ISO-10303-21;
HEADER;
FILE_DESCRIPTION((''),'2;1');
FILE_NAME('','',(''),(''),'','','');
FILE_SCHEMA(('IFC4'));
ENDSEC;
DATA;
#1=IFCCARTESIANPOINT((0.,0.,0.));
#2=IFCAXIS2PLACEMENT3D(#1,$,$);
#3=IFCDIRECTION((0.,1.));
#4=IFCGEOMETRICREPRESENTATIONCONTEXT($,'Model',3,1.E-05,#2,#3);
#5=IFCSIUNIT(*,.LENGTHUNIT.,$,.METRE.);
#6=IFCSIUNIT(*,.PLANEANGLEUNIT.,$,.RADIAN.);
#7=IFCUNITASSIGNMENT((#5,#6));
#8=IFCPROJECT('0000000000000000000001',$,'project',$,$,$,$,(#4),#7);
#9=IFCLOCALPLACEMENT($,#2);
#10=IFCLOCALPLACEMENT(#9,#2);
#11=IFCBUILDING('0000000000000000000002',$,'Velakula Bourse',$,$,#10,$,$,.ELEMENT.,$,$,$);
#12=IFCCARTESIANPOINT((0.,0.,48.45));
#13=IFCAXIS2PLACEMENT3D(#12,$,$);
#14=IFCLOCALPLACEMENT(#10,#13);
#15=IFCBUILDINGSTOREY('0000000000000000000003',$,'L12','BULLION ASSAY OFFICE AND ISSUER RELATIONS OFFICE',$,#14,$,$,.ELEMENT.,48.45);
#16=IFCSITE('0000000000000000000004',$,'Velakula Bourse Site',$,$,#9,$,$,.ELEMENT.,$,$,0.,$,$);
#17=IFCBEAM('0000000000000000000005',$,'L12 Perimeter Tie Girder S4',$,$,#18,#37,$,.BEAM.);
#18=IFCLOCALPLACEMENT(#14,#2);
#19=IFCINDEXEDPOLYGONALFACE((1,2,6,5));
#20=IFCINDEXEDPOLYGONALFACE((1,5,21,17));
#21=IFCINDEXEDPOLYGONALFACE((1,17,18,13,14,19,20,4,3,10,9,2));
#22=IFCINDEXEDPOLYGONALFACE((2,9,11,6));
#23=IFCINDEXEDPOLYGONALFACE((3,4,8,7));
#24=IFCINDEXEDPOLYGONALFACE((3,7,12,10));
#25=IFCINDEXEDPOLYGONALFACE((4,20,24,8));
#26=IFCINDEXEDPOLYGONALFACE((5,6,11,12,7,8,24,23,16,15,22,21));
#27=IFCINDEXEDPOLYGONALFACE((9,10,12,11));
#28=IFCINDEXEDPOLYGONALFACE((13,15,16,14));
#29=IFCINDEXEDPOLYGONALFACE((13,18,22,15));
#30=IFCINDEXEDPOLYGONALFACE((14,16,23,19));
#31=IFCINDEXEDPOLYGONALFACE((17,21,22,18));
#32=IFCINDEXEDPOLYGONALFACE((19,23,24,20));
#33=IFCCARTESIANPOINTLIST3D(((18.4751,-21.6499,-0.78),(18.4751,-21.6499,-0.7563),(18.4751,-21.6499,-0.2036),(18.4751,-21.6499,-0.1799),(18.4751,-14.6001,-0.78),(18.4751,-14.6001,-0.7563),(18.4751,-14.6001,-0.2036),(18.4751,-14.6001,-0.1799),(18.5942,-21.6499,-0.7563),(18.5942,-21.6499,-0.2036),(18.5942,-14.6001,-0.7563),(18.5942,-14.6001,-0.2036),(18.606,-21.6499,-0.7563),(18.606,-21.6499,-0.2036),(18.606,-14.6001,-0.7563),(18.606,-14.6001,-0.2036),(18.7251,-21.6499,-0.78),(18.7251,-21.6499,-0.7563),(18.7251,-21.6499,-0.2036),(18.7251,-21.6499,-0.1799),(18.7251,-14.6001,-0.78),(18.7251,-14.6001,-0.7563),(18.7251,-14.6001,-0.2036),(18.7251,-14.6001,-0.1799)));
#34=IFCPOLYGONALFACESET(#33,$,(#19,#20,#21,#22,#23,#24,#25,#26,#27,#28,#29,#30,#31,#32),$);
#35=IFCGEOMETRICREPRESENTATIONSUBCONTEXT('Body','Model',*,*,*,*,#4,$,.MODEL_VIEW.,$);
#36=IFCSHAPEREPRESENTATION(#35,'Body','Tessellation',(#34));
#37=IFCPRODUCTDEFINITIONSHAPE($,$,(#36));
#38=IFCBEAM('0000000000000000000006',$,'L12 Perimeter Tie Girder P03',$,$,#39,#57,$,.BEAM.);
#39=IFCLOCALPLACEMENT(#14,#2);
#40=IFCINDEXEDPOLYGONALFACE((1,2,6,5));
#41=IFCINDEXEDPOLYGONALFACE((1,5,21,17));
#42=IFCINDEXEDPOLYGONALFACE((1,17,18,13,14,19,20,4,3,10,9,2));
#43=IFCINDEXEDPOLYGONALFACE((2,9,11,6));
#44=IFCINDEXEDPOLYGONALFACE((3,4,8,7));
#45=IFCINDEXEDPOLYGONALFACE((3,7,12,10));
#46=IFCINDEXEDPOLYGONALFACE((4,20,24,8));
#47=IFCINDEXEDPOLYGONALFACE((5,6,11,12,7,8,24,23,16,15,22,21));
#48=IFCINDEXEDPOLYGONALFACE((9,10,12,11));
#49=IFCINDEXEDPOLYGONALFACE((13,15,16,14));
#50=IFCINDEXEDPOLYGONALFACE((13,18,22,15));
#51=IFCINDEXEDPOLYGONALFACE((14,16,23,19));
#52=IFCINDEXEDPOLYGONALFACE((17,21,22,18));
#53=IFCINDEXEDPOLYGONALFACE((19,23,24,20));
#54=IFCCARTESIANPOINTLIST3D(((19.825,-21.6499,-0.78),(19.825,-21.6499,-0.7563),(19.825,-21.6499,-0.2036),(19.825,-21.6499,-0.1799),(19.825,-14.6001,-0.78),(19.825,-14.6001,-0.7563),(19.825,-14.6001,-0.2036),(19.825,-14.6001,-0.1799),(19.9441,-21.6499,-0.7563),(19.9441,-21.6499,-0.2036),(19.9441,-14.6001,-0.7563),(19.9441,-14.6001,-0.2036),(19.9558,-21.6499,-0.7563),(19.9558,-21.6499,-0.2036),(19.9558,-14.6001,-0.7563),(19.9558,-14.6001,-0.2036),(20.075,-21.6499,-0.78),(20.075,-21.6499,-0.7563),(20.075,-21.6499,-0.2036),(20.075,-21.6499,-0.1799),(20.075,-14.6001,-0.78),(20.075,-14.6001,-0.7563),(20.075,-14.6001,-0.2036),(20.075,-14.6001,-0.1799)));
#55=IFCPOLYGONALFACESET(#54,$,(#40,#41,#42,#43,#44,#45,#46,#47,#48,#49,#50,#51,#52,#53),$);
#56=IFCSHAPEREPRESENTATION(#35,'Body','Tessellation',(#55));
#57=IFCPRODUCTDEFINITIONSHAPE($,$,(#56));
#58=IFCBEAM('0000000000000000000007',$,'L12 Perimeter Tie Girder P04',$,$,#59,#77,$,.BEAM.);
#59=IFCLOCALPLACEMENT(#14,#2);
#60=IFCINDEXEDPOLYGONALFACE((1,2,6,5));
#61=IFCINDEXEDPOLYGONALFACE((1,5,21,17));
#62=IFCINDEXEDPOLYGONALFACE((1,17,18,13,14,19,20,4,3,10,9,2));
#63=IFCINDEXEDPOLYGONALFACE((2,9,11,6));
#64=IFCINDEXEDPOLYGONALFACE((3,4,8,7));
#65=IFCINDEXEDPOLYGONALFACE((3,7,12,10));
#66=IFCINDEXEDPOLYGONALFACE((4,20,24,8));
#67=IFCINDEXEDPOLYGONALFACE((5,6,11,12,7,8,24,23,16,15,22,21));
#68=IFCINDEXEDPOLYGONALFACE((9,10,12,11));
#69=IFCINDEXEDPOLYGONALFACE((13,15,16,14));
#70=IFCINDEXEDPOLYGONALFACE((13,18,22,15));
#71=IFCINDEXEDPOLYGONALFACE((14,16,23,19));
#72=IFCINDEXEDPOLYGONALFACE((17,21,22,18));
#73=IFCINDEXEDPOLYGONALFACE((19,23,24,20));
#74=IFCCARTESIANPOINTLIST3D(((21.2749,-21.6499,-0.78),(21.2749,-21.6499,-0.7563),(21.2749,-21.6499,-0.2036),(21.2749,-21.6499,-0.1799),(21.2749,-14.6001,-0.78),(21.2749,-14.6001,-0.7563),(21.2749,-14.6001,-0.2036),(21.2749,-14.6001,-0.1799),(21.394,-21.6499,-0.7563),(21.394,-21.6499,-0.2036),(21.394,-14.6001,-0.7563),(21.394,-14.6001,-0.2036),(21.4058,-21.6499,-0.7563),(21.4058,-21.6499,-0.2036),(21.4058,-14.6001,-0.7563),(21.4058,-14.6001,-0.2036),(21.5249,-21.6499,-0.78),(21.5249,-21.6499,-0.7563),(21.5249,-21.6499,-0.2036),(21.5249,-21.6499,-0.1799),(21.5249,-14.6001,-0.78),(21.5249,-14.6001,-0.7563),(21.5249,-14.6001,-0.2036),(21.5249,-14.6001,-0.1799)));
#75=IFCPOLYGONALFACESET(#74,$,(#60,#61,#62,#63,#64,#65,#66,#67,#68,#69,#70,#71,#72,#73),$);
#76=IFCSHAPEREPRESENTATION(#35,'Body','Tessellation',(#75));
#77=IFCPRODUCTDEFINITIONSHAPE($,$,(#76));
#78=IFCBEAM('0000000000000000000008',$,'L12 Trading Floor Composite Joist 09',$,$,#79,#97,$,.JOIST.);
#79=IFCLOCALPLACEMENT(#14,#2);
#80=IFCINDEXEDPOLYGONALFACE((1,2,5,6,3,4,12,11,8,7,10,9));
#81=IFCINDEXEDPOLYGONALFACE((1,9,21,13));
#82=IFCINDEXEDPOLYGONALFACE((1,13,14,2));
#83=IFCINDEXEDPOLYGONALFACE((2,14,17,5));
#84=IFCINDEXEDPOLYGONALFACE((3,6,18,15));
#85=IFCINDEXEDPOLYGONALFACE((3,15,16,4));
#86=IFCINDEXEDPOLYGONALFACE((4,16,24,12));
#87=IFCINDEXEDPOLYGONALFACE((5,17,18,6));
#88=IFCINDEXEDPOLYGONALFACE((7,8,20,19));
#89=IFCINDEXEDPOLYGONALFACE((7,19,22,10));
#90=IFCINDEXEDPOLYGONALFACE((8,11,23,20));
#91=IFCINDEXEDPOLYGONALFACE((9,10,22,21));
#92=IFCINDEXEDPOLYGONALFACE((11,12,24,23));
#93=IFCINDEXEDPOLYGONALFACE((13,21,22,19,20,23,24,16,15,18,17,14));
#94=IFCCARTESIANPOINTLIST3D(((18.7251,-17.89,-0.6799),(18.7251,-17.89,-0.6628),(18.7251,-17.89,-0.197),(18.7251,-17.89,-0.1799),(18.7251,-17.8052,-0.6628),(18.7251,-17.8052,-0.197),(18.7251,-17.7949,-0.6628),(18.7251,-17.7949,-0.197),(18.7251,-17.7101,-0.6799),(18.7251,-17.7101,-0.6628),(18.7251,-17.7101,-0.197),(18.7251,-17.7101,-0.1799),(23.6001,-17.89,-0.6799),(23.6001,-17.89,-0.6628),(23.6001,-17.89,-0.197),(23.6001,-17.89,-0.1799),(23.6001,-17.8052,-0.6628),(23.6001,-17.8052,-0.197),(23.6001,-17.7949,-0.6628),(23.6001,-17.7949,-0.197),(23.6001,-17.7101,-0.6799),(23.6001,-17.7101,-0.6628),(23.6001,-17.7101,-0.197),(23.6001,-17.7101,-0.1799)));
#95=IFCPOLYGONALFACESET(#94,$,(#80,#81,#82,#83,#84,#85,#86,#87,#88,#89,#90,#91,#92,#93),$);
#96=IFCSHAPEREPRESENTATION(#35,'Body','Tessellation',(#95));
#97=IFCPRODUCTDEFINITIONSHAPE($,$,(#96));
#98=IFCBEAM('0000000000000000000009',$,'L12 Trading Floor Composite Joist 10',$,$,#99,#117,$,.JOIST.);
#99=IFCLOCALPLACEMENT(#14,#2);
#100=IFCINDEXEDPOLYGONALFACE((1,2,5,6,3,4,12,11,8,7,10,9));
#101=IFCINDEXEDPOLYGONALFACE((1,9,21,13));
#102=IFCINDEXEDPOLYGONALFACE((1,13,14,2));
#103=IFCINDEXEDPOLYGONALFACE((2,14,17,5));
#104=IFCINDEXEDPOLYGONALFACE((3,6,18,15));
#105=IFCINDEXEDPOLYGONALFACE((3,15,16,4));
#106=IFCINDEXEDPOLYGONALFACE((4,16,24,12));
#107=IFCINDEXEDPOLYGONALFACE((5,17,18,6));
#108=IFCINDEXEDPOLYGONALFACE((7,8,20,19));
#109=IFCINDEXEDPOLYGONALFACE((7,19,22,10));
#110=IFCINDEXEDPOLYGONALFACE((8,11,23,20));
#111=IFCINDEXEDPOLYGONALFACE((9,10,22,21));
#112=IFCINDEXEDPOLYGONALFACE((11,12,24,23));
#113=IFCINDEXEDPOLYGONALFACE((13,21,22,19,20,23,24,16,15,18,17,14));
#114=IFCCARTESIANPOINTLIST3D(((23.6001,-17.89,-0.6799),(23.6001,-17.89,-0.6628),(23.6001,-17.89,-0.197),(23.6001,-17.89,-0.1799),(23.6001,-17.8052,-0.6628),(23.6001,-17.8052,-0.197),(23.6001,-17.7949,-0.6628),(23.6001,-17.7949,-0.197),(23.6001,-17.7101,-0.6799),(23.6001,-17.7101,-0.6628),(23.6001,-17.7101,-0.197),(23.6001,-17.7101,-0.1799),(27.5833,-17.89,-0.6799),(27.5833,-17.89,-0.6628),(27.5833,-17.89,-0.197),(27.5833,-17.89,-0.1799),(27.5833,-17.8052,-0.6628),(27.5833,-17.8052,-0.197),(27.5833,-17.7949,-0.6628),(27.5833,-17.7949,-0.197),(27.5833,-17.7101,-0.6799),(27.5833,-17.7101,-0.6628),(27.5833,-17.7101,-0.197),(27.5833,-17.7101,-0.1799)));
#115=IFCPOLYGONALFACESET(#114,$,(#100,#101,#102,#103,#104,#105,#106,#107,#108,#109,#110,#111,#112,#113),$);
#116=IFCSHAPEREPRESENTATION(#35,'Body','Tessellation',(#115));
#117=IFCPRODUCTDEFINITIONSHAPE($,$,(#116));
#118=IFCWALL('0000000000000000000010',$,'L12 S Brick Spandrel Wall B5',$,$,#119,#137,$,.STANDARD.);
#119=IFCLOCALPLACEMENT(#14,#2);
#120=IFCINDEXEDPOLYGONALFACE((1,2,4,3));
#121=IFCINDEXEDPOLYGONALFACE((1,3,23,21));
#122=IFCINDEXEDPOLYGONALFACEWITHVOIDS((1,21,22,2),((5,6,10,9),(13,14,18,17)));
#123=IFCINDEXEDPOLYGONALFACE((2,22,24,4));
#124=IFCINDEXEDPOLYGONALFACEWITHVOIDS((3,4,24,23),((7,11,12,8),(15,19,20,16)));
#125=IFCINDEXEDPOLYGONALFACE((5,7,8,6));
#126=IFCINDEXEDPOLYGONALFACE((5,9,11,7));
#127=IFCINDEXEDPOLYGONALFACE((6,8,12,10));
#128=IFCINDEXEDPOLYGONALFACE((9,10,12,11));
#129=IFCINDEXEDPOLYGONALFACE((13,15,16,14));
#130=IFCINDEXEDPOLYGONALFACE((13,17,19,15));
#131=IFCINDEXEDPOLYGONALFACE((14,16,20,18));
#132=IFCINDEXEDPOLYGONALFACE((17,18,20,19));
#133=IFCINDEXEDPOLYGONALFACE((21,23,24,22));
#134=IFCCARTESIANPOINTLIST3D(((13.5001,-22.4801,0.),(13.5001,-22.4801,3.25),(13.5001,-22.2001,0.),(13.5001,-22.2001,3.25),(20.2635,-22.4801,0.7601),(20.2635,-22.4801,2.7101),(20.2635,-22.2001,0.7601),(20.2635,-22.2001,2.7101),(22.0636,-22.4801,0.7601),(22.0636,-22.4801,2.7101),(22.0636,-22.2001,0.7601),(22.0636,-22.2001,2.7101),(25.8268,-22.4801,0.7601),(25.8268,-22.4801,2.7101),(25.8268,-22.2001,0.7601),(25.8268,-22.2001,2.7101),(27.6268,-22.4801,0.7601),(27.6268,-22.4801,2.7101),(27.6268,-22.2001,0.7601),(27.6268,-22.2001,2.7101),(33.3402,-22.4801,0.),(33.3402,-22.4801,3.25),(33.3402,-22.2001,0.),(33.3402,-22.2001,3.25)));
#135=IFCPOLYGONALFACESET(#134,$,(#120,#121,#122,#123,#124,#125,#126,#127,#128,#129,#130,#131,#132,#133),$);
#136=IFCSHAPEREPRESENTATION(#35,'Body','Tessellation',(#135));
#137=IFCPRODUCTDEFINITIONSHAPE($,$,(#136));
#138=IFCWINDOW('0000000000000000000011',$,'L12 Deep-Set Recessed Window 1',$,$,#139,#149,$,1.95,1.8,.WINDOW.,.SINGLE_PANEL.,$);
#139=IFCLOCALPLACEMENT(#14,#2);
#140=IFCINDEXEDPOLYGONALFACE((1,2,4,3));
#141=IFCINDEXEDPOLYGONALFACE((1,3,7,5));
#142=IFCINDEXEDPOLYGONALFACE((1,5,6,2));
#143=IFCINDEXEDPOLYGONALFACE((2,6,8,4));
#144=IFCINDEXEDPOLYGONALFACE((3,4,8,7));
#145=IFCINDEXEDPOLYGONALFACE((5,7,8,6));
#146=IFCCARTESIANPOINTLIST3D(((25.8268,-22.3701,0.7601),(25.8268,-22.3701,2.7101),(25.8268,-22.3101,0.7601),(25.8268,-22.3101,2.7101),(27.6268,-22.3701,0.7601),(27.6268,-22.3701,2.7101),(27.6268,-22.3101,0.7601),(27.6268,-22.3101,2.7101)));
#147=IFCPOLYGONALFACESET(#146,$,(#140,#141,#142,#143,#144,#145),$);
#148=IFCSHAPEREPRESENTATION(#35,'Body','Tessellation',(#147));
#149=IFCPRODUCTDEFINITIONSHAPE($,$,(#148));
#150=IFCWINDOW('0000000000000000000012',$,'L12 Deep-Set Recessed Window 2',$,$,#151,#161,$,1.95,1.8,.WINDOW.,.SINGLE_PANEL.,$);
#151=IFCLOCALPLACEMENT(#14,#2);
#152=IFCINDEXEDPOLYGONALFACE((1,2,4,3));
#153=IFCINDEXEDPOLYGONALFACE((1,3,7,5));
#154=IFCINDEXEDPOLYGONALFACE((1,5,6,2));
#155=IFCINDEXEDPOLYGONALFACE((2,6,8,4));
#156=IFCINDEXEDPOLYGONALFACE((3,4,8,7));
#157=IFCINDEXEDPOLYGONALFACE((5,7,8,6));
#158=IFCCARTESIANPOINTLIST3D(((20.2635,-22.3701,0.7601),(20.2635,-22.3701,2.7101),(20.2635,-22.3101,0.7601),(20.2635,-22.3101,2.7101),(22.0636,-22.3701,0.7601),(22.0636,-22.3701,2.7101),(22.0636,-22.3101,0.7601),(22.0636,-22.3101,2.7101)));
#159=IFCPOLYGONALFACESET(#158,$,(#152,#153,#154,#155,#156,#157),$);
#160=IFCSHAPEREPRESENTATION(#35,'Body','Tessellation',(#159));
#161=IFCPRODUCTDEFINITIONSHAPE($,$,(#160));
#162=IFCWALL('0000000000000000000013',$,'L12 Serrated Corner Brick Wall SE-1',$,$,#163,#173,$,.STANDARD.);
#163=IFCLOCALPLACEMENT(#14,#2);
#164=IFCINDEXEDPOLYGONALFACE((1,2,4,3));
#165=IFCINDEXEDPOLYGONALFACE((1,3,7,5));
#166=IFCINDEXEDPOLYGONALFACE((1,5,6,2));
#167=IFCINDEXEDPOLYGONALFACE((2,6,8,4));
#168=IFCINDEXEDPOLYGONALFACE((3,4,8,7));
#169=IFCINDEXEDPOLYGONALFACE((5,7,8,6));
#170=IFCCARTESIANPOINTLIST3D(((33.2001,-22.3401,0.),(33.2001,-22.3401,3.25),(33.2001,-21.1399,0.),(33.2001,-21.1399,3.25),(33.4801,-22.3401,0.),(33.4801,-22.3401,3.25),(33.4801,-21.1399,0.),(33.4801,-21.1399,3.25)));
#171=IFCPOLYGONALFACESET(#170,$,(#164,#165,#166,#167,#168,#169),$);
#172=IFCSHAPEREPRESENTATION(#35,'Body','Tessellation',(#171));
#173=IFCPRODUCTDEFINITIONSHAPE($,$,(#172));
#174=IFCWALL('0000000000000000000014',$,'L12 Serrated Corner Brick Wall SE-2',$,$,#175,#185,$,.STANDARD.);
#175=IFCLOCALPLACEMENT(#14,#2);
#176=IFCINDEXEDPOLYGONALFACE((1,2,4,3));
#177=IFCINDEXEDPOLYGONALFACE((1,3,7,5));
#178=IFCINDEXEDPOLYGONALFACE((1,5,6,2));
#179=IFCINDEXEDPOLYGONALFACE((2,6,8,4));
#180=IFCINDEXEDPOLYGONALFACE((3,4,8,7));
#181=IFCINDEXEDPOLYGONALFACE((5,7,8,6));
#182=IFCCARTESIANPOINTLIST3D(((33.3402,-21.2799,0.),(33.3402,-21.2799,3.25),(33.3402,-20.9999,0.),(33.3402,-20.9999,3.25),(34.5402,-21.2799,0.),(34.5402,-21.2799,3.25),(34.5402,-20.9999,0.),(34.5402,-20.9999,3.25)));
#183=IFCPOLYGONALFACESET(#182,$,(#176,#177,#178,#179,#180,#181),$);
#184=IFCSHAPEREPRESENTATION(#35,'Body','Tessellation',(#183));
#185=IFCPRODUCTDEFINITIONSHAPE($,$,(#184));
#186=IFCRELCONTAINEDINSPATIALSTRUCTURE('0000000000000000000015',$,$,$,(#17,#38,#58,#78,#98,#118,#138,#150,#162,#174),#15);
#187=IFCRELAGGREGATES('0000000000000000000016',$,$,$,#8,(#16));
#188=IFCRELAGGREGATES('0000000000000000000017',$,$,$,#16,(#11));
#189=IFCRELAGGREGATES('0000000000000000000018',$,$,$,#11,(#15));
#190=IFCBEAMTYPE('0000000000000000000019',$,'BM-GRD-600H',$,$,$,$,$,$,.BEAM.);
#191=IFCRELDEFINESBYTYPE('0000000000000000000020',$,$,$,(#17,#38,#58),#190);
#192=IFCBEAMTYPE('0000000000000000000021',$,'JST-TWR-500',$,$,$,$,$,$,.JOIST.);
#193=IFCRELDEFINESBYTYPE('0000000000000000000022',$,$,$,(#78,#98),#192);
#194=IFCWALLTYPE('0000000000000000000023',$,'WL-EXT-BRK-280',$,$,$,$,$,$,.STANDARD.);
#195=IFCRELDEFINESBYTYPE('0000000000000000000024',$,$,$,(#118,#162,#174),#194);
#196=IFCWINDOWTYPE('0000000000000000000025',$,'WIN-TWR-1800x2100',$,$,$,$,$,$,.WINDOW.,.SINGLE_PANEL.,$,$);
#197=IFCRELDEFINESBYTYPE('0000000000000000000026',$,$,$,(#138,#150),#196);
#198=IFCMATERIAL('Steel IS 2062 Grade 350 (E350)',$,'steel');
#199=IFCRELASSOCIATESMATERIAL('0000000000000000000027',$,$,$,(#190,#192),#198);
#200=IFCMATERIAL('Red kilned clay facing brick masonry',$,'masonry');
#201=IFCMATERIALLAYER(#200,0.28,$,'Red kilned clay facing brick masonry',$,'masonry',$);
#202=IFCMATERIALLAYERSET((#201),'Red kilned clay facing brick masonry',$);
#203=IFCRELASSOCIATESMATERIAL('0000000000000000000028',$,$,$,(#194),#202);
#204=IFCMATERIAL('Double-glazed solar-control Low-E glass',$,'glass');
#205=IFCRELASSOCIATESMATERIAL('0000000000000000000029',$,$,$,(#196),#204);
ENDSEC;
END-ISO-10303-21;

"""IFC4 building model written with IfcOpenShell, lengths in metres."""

from ifc_helpers import new_model, si_unit, direction, frame, frame_2d, origin, origin_2d, place, context, subcontext, project, spatial, rectangle, i_section, extrude, material, layer, layer_set, material_profile, profile_set, type_object, element, fill, save


model = new_model("IFC4")

# Units and contexts
model_context = context("Model", 3, precision=1e-05, world=origin(), true_north=direction((0.0, 1.0)))
body_context = subcontext(model_context, "Body", "Model", "MODEL_VIEW")
ifc_project = project(units=[si_unit("LENGTHUNIT", "METRE"), si_unit("PLANEANGLEUNIT", "RADIAN")], contexts=[model_context])

# Site, building, storey
site_placement = place(None, origin())
site = spatial("IfcSite", under=ifc_project, at=site_placement, Name="Velakula Bourse Site", CompositionType="ELEMENT", RefElevation=0.0)
building_placement = place(site_placement, origin())
building = spatial("IfcBuilding", under=site, at=building_placement, Name="Velakula Bourse", CompositionType="ELEMENT")
storey_placement = place(building_placement, frame((0.0, 0.0, 48.45)))
storey = spatial("IfcBuildingStorey", under=building, at=storey_placement, Name="L12", Description="BULLION ASSAY OFFICE AND ISSUER RELATIONS OFFICE", CompositionType="ELEMENT", Elevation=48.45)

# Beams
ifc_material_1 = material(Name="Steel IS 2062 Grade 350 (E350)", Category="steel")
ifc_material_profile_1 = material_profile(ifc_material_1, i_section(OverallWidth=0.25, OverallDepth=0.6001, WebThickness=0.0117, FlangeThickness=0.0237, at=origin_2d()), Name="Steel IS 2062 Grade 350 (E350)")
ifc_profile_set_1 = profile_set([ifc_material_profile_1], Name="Steel IS 2062 Grade 350 (E350)")
beam_type_1 = type_object("IfcBeamType", Name="BM-GRD-600H", PredefinedType="BEAM", material=ifc_profile_set_1)
for number, where, z_axis, x_axis, name in (
    (1, (18.6001, -14.6001, -0.48), (0.0, -1.0, 0.0), (1.0, 0.0, 0.0), "L12 Perimeter Tie Girder S4"),
    (2, (19.95, -14.6001, -0.48), (0.0, -1.0, 0.0), (1.0, 0.0, 0.0), "L12 Perimeter Tie Girder P03"),
    (3, (21.3999, -14.6001, -0.48), (0.0, -1.0, 0.0), (1.0, 0.0, 0.0), "L12 Perimeter Tie Girder P04"),
):
    element("IfcBeam", number, at=place(storey_placement, frame(where, z_axis=z_axis, x_axis=x_axis)), inside=storey, type_object=beam_type_1, Name=name, PredefinedType="BEAM", context=body_context, shape_type="SweptSolid", body=[
        extrude(i_section(OverallWidth=0.25, OverallDepth=0.6001, WebThickness=0.0117, FlangeThickness=0.0237, at=origin_2d()), origin(), (0.0, 0.0, 1.0), 7.0498),
    ])
ifc_material_profile_2 = material_profile(ifc_material_1, i_section(OverallWidth=0.1799, OverallDepth=0.5, WebThickness=0.0103, FlangeThickness=0.0171, at=origin_2d()), Name="Steel IS 2062 Grade 350 (E350)")
ifc_profile_set_2 = profile_set([ifc_material_profile_2], Name="Steel IS 2062 Grade 350 (E350)")
beam_type_2 = type_object("IfcBeamType", Name="JST-TWR-500", PredefinedType="JOIST", material=ifc_profile_set_2)
beam_1_placement = place(storey_placement, frame((18.7251, -17.8, -0.4299), z_axis=(1.0, 0.0, 0.0), x_axis=(0.0, 1.0, 0.0)))
element("IfcBeam", 4, at=beam_1_placement, inside=storey, type_object=beam_type_2, Name="L12 Trading Floor Composite Joist 09", PredefinedType="JOIST", context=body_context, shape_type="SweptSolid", body=[
    extrude(i_section(OverallWidth=0.1799, OverallDepth=0.5, WebThickness=0.0103, FlangeThickness=0.0171, at=origin_2d()), origin(), (0.0, 0.0, 1.0), 4.875),
])
beam_2_placement = place(storey_placement, frame((23.6001, -17.8, -0.4299), z_axis=(1.0, 0.0, 0.0), x_axis=(0.0, 1.0, 0.0)))
element("IfcBeam", 5, at=beam_2_placement, inside=storey, type_object=beam_type_2, Name="L12 Trading Floor Composite Joist 10", PredefinedType="JOIST", context=body_context, shape_type="SweptSolid", body=[
    extrude(i_section(OverallWidth=0.1799, OverallDepth=0.5, WebThickness=0.0103, FlangeThickness=0.0171, at=origin_2d()), origin(), (0.0, 0.0, 1.0), 3.9832),
])

# Wall, openings, windows
ifc_material_2 = material(Name="Red kilned clay facing brick masonry", Category="masonry")
ifc_layer_1 = layer(ifc_material_2, 0.28, Name="Red kilned clay facing brick masonry", Category="masonry")
ifc_layer_set_1 = layer_set([ifc_layer_1], Name="Red kilned clay facing brick masonry")
wall_type_1 = type_object("IfcWallType", Name="WL-EXT-BRK-280", PredefinedType="STANDARD", material=ifc_layer_set_1)
wall_1_placement = place(storey_placement, frame((33.3401, -22.3401, 0.0), z_axis=(0.0, 0.0, 1.0), x_axis=(-1.0, 0.0, 0.0)))
wall_1 = element("IfcWall", 6, at=wall_1_placement, inside=storey, type_object=wall_type_1, Name="L12 S Brick Spandrel Wall B5", PredefinedType="STANDARD", context=body_context, shape_type="SweptSolid", body=[
    extrude(rectangle(XDim=19.8401, YDim=0.28, at=frame_2d((9.9199, 0.0))), origin(), (0.0, 0.0, 1.0), 3.25),
])
opening_1_placement = place(wall_1_placement, frame((5.7134, 0.0, 0.76)))
opening_1 = element("IfcOpeningElement", 7, at=opening_1_placement, cuts=wall_1, PredefinedType="OPENING", context=body_context, shape_type="SweptSolid", body=[
    extrude(rectangle(XDim=1.8, YDim=1.95, at=frame_2d((0.8999, 0.9751))), frame((0.0, 0.1499, 0.0), z_axis=(0.0, -1.0, 0.0), x_axis=(1.0, 0.0, 0.0)), (0.0, 0.0, 1.0), 0.3),
])
opening_2_placement = place(wall_1_placement, frame((11.2766, 0.0, 0.76)))
opening_2 = element("IfcOpeningElement", 8, at=opening_2_placement, cuts=wall_1, PredefinedType="OPENING", context=body_context, shape_type="SweptSolid", body=[
    extrude(rectangle(XDim=1.8, YDim=1.95, at=frame_2d((0.8999, 0.9751))), frame((0.0, 0.1499, 0.0), z_axis=(0.0, -1.0, 0.0), x_axis=(1.0, 0.0, 0.0)), (0.0, 0.0, 1.0), 0.3),
])
ifc_material_3 = material(Name="Double-glazed solar-control Low-E glass", Category="glass")
window_type = type_object("IfcWindowType", Name="WIN-TWR-1800x2100", PartitioningType="SINGLE_PANEL", PredefinedType="WINDOW", material=ifc_material_3)
window_1_placement = place(opening_1_placement, origin())
window_1 = element("IfcWindow", 9, at=window_1_placement, inside=storey, type_object=window_type, Name="L12 Deep-Set Recessed Window 1", OverallHeight=1.95, OverallWidth=1.8, PartitioningType="SINGLE_PANEL", PredefinedType="WINDOW", context=body_context, shape_type="SweptSolid", body=[
    extrude(rectangle(XDim=1.8, YDim=1.95, at=frame_2d((0.8999, 0.9751))), frame((0.0, 0.03, 0.0), z_axis=(0.0, -1.0, 0.0), x_axis=(1.0, 0.0, 0.0)), (0.0, 0.0, 1.0), 0.0601),
])
fill(opening_1, window_1)
window_2_placement = place(opening_2_placement, origin())
window_2 = element("IfcWindow", 10, at=window_2_placement, inside=storey, type_object=window_type, Name="L12 Deep-Set Recessed Window 2", OverallHeight=1.95, OverallWidth=1.8, PartitioningType="SINGLE_PANEL", PredefinedType="WINDOW", context=body_context, shape_type="SweptSolid", body=[
    extrude(rectangle(XDim=1.8, YDim=1.95, at=frame_2d((0.8999, 0.9751))), frame((0.0, 0.03, 0.0), z_axis=(0.0, -1.0, 0.0), x_axis=(1.0, 0.0, 0.0)), (0.0, 0.0, 1.0), 0.0601),
])
fill(opening_2, window_2)

# Walls
wall_2_placement = place(storey_placement, frame((33.3401, -22.3401, 0.0), z_axis=(0.0, 0.0, 1.0), x_axis=(0.0, 1.0, 0.0)))
element("IfcWall", 11, at=wall_2_placement, inside=storey, type_object=wall_type_1, Name="L12 Serrated Corner Brick Wall SE-1", PredefinedType="STANDARD", context=body_context, shape_type="SweptSolid", body=[
    extrude(rectangle(XDim=1.2002, YDim=0.28, at=frame_2d((0.6001, 0.0))), origin(), (0.0, 0.0, 1.0), 3.25),
])
for number, where, z_axis, x_axis, name in (
    (12, (33.3401, -21.1399, 0.0), (0.0, 0.0, 1.0), (1.0, 0.0, 0.0), "L12 Serrated Corner Brick Wall SE-2"),
):
    element("IfcWall", number, at=place(storey_placement, frame(where, z_axis=z_axis, x_axis=x_axis)), inside=storey, type_object=wall_type_1, Name=name, PredefinedType="STANDARD", context=body_context, shape_type="SweptSolid", body=[
        extrude(rectangle(XDim=1.2, YDim=0.28, at=frame_2d((0.6001, 0.0))), origin(), (0.0, 0.0, 1.0), 3.25),
    ])

save(model, "model.ifc")
